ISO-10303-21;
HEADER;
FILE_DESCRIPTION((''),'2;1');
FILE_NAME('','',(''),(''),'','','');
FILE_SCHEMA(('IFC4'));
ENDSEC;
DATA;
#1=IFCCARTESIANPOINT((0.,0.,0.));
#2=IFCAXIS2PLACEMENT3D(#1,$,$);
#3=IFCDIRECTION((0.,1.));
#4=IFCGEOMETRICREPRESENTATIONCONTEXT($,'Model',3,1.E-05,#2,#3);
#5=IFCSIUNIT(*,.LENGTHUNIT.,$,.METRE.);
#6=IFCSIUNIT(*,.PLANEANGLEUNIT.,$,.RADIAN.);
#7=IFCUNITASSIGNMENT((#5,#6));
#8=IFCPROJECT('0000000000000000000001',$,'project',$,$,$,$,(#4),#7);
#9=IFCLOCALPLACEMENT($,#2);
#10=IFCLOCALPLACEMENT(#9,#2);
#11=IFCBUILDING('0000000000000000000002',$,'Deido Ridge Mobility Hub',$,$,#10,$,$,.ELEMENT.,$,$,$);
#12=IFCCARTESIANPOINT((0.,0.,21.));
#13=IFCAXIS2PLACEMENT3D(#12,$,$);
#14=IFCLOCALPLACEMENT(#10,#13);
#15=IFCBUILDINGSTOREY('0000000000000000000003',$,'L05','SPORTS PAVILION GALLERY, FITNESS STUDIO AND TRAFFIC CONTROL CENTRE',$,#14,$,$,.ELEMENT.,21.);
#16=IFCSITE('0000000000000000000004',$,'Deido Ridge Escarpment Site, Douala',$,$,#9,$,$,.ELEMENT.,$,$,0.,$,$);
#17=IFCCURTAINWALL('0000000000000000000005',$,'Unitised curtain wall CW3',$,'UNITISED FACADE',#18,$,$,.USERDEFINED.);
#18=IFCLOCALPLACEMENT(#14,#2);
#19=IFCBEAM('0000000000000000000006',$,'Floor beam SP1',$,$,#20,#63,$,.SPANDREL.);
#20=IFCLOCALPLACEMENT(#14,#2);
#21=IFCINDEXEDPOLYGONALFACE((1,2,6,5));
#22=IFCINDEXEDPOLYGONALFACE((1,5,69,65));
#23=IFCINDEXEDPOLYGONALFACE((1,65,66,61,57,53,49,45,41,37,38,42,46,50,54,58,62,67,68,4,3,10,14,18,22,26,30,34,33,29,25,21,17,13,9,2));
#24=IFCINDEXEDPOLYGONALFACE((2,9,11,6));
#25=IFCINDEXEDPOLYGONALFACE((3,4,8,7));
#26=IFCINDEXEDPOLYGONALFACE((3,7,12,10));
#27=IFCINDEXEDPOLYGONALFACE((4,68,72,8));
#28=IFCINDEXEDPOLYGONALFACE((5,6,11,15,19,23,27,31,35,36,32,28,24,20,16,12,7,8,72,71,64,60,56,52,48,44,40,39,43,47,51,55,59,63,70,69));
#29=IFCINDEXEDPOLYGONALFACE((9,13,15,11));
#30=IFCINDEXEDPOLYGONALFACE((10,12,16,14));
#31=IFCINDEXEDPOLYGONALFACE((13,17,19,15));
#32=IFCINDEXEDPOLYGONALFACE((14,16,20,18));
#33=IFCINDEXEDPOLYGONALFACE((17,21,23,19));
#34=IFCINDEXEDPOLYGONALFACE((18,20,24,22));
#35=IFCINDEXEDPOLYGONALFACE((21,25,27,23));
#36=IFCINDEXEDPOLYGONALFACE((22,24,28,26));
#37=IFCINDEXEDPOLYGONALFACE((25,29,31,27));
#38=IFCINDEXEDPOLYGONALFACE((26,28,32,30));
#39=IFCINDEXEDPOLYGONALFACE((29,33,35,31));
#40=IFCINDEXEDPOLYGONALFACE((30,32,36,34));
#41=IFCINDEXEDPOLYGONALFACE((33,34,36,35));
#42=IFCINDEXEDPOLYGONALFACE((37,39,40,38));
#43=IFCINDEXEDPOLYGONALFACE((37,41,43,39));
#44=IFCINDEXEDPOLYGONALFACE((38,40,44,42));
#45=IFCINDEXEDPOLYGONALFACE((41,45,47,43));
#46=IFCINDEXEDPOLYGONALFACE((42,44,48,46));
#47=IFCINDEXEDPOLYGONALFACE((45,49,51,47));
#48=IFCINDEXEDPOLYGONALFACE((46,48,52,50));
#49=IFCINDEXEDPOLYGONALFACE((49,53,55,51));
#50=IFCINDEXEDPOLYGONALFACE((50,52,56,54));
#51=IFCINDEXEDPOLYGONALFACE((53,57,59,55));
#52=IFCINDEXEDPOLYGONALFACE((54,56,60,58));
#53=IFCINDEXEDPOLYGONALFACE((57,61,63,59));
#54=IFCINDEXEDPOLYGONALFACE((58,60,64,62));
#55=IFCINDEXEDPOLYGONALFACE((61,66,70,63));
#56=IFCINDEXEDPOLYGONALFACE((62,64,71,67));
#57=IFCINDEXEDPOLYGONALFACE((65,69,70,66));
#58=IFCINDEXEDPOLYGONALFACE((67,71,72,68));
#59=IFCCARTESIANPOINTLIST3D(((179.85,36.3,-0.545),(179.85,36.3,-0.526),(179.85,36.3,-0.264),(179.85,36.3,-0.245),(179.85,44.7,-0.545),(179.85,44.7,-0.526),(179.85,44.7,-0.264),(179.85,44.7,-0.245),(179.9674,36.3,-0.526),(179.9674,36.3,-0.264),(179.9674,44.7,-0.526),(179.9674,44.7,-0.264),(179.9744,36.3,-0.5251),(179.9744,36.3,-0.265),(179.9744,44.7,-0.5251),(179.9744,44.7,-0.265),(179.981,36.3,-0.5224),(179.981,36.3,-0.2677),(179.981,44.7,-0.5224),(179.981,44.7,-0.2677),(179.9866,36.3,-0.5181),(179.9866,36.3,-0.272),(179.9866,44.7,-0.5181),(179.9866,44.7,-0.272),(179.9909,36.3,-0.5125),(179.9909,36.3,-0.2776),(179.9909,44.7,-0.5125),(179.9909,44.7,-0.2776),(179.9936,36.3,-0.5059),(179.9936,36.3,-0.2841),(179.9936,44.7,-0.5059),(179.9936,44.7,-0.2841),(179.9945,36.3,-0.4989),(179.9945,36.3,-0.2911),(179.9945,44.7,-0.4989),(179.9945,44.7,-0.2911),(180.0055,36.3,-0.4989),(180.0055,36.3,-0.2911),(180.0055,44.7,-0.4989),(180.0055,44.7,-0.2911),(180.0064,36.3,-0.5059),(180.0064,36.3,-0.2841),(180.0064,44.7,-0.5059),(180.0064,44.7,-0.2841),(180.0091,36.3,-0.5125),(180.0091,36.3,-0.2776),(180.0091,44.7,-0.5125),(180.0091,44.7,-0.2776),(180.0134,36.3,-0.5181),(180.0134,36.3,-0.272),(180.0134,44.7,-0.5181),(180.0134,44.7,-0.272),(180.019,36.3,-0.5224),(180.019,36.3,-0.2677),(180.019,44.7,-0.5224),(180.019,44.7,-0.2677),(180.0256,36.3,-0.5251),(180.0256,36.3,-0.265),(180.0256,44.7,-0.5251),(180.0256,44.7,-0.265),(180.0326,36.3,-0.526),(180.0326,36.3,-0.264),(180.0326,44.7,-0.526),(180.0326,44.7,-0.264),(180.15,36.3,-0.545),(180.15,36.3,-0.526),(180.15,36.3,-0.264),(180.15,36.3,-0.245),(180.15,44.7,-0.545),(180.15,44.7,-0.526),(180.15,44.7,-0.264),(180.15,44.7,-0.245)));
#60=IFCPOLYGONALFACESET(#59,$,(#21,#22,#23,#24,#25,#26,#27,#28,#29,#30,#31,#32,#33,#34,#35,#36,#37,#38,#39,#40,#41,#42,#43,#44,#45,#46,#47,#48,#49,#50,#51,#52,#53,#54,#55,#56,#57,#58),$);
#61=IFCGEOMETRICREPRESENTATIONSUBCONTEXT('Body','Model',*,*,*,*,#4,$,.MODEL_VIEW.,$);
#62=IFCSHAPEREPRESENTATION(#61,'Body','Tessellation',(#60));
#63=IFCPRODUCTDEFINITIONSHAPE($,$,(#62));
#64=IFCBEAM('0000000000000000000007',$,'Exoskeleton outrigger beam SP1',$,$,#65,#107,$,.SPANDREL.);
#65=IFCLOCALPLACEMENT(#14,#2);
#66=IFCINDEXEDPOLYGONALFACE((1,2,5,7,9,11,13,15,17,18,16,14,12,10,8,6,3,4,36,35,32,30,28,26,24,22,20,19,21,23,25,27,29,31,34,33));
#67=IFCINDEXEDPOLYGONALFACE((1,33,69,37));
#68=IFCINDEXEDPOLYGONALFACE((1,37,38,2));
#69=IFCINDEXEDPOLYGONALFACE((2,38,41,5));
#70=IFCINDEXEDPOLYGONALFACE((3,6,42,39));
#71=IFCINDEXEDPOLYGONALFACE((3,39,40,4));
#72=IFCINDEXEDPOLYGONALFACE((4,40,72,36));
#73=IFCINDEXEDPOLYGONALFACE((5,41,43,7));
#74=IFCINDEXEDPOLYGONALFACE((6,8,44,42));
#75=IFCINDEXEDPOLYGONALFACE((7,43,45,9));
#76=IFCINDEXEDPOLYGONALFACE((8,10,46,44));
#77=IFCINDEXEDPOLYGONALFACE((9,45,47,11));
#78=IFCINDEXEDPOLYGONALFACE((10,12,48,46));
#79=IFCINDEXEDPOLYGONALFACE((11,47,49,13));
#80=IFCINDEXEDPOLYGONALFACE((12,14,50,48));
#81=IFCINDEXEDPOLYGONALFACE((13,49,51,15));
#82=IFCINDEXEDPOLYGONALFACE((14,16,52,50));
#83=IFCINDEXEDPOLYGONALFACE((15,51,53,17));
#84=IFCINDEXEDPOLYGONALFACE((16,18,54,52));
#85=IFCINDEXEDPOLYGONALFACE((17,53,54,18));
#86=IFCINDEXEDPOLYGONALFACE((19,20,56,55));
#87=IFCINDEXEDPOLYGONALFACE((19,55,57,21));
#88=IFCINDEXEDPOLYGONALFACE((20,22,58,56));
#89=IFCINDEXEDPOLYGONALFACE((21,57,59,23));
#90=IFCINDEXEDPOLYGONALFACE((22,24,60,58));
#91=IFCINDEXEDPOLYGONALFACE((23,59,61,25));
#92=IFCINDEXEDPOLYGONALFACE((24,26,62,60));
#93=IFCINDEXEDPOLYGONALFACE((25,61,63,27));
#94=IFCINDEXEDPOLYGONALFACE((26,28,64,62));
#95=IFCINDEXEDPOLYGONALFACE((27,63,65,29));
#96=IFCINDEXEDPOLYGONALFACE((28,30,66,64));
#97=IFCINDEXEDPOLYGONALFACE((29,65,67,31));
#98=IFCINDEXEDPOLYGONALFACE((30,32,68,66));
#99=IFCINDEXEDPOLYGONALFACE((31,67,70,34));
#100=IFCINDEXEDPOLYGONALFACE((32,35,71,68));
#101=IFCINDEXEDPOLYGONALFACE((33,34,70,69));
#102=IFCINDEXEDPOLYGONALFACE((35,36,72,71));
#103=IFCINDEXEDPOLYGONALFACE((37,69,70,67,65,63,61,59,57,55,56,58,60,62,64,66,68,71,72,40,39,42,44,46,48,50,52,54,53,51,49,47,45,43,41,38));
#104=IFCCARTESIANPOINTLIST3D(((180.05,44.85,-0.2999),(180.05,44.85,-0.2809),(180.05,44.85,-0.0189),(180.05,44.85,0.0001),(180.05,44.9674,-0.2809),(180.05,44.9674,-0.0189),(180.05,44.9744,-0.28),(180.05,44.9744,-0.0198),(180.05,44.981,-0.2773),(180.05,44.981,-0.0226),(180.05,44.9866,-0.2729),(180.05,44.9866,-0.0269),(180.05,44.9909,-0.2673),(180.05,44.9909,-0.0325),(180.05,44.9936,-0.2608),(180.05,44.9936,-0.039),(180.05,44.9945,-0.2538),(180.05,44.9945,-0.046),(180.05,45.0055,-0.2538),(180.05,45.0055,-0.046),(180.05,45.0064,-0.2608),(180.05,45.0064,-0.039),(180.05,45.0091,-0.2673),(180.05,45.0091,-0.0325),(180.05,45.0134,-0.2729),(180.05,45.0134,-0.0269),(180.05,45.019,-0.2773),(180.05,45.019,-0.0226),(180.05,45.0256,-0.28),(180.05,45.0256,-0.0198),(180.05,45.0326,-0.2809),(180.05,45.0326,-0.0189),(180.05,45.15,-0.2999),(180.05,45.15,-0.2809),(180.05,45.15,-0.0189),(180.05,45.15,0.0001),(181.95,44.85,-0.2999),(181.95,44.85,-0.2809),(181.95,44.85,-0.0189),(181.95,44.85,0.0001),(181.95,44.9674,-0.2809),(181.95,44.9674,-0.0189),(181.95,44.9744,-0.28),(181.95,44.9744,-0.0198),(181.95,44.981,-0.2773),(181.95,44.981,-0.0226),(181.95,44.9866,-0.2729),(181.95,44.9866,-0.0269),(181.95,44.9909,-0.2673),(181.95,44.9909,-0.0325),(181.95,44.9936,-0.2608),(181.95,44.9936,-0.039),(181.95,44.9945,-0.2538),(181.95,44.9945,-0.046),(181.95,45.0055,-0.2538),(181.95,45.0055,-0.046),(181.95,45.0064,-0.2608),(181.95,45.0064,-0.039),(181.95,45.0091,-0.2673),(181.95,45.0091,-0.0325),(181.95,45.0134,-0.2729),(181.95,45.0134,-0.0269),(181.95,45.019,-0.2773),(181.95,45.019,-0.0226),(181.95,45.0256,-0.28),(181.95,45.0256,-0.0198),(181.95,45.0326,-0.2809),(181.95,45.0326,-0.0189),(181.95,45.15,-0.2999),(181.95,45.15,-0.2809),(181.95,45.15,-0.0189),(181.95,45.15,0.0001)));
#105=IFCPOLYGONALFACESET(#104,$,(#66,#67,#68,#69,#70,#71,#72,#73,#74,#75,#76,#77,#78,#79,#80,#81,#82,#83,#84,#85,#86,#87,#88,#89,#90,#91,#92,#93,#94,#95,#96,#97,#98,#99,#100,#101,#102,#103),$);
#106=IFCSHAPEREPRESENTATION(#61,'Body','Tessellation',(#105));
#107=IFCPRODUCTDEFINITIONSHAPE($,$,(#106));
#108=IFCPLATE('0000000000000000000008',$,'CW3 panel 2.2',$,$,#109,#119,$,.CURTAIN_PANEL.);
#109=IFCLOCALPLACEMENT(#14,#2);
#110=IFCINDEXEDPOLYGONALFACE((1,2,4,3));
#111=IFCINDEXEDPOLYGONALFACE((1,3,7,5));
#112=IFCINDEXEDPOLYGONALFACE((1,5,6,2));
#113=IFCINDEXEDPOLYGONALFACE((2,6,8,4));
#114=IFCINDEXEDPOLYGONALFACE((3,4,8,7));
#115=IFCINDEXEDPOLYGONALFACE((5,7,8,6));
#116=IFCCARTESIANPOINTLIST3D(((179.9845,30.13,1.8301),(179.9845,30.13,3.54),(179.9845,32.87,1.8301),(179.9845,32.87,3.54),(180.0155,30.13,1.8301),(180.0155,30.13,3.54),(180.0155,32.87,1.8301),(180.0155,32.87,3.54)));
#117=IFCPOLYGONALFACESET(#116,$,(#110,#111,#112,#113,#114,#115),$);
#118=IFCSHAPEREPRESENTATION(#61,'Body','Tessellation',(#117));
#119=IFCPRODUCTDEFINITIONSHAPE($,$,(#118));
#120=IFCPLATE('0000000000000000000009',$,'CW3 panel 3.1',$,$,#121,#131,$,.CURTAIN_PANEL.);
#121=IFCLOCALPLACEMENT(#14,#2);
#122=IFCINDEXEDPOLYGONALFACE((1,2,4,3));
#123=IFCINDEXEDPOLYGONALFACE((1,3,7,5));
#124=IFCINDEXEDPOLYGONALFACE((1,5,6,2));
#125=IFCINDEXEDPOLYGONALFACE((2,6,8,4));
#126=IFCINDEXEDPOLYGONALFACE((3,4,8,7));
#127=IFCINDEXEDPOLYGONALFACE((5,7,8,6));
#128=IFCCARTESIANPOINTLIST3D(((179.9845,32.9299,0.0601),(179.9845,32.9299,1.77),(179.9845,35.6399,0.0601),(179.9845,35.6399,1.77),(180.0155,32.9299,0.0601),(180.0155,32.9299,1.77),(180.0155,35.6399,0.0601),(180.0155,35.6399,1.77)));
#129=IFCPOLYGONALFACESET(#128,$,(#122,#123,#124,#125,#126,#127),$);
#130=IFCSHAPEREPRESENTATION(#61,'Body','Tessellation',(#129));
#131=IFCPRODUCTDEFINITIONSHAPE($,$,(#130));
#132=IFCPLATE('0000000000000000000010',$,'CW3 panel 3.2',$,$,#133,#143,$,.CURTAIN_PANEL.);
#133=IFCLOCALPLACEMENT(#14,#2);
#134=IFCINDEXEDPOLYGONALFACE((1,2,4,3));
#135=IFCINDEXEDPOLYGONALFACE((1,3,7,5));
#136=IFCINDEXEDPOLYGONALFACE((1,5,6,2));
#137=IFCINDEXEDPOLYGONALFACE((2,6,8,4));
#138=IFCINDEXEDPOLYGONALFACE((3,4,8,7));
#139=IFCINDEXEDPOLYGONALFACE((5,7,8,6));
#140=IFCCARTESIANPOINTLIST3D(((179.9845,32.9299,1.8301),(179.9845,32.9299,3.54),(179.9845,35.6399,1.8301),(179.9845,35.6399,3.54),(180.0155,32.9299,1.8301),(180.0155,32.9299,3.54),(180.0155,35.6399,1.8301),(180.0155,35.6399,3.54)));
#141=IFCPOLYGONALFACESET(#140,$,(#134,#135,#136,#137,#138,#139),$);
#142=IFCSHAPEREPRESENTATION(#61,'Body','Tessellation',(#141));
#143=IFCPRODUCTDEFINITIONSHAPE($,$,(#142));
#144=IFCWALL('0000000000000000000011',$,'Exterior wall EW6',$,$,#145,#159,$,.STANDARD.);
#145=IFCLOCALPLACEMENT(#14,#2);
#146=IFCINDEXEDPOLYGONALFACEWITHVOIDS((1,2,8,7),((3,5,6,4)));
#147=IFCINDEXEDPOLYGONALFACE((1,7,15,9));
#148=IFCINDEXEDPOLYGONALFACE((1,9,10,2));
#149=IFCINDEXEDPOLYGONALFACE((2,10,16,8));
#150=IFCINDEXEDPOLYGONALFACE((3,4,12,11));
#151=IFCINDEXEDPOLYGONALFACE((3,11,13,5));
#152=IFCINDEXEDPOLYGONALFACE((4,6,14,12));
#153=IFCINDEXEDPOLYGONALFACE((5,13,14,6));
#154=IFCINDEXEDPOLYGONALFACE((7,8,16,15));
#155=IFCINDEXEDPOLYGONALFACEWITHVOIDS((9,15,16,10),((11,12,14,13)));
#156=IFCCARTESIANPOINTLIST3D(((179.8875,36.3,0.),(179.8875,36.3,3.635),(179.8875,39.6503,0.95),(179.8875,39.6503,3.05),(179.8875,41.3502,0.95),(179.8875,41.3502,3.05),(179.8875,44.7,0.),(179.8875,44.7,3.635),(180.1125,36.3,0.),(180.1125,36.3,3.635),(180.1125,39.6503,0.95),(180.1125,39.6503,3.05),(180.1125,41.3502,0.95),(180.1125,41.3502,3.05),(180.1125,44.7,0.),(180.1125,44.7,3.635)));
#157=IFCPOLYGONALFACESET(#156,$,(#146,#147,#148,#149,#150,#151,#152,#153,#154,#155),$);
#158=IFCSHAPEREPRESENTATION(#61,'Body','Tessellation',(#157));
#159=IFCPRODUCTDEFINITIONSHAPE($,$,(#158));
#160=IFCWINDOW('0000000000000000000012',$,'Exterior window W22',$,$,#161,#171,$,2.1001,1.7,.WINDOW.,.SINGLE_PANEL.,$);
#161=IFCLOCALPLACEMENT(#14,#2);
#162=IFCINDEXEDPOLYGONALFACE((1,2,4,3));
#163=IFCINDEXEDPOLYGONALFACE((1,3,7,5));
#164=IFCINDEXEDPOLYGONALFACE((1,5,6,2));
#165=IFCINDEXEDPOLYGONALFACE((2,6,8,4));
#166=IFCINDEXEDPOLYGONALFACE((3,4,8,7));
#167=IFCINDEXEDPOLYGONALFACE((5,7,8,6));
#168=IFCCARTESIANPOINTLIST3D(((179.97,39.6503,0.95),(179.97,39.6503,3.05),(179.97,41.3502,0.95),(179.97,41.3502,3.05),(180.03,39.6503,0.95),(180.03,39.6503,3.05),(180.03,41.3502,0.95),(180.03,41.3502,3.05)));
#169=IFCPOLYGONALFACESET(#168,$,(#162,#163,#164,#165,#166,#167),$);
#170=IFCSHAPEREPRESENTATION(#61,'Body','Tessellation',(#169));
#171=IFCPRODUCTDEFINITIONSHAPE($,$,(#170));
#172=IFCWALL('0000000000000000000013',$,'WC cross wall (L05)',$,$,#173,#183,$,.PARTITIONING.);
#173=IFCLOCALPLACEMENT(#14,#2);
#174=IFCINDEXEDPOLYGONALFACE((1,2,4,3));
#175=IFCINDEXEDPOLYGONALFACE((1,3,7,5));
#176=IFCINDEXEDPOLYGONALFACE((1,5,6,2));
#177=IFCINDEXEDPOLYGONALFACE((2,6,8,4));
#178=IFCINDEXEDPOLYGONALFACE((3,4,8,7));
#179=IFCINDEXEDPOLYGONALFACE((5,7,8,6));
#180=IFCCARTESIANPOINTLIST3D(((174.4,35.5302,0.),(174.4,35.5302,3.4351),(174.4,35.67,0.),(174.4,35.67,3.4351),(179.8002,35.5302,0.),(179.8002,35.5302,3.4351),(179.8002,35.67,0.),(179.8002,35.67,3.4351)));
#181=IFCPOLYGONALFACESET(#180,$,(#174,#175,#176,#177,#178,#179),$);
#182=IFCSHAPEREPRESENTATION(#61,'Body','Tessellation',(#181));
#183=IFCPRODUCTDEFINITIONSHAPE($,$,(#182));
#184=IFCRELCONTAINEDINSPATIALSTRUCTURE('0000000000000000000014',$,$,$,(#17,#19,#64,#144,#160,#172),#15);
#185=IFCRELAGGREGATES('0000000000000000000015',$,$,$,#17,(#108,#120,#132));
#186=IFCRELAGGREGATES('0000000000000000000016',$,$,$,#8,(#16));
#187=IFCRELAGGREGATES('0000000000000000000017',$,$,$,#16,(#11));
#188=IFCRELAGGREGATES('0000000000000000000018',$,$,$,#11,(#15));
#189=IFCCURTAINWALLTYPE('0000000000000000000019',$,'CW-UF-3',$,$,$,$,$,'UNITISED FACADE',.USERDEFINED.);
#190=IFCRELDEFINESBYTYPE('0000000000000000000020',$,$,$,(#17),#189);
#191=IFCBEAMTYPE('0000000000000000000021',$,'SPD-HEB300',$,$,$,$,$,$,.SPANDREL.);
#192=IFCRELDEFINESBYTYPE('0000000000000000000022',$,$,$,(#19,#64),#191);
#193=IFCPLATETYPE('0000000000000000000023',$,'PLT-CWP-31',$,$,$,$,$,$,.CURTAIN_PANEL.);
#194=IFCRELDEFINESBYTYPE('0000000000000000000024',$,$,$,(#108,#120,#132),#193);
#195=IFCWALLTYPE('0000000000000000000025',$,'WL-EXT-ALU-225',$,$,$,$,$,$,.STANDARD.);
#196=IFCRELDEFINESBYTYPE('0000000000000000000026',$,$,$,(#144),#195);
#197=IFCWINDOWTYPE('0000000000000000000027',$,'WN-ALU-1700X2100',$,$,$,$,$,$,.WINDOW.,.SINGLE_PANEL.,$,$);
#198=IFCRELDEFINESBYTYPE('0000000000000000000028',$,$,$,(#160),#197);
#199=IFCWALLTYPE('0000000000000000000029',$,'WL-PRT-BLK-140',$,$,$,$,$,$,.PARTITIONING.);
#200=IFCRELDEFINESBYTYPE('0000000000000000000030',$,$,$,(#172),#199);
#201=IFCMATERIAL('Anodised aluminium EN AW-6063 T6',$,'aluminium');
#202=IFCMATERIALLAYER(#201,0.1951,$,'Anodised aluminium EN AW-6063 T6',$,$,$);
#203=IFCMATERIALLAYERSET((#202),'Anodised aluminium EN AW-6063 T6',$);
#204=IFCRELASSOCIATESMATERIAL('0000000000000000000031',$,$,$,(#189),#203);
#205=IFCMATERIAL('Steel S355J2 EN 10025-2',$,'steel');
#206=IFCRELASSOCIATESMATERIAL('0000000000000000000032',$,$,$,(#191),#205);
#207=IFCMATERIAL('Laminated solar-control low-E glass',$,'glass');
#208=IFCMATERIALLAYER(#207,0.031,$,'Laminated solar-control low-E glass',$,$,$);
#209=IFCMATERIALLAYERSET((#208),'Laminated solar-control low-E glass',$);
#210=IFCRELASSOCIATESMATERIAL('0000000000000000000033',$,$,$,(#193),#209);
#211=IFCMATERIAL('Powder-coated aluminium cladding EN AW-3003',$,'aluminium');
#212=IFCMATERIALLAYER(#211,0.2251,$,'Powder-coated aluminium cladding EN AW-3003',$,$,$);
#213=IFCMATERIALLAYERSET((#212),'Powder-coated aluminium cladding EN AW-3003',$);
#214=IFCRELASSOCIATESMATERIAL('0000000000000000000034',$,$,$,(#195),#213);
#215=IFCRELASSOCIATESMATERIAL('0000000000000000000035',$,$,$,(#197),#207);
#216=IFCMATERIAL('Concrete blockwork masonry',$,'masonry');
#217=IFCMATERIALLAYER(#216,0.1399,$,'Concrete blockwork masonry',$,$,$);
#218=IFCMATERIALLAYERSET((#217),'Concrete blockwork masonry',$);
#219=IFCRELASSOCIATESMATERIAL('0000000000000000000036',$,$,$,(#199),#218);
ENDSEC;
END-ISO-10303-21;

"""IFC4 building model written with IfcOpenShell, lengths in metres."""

from ifc_helpers import new_model, si_unit, direction, frame, frame_2d, origin, origin_2d, place, context, subcontext, project, spatial, rectangle, i_section, extrude, material, layer, layer_set, material_profile, profile_set, type_object, element, fill, aggregate, save


model = new_model("IFC4")

# Units and contexts
model_context = context("Model", 3, precision=1e-05, world=origin(), true_north=direction((0.0, 1.0)))
body_context = subcontext(model_context, "Body", "Model", "MODEL_VIEW")
ifc_project = project(units=[si_unit("LENGTHUNIT", "METRE"), si_unit("PLANEANGLEUNIT", "RADIAN")], contexts=[model_context])

# Site, building, storey
site_placement = place(None, origin())
site = spatial("IfcSite", under=ifc_project, at=site_placement, Name="Deido Ridge Escarpment Site, Douala", CompositionType="ELEMENT", RefElevation=0.0)
building_placement = place(site_placement, origin())
building = spatial("IfcBuilding", under=site, at=building_placement, Name="Deido Ridge Mobility Hub", CompositionType="ELEMENT")
storey_placement = place(building_placement, frame((0.0, 0.0, 21.0)))
storey = spatial("IfcBuildingStorey", under=building, at=storey_placement, Name="L05", Description="SPORTS PAVILION GALLERY, FITNESS STUDIO AND TRAFFIC CONTROL CENTRE", CompositionType="ELEMENT", Elevation=21.0)

# Shared definitions
ifc_material_1 = material(Name="Steel S355J2 EN 10025-2", Category="steel")

# Curtain wall
ifc_material_2 = material(Name="Anodised aluminium EN AW-6063 T6", Category="aluminium")
ifc_layer_1 = layer(ifc_material_2, 0.1951, Name="Anodised aluminium EN AW-6063 T6")
ifc_layer_set_1 = layer_set([ifc_layer_1], Name="Anodised aluminium EN AW-6063 T6")
curtain_wall_type = type_object("IfcCurtainWallType", Name="CW-UF-3", ElementType="UNITISED FACADE", PredefinedType="USERDEFINED", material=ifc_layer_set_1)
curtain_wall_placement = place(storey_placement, origin())
curtain_wall = element("IfcCurtainWall", 1, at=curtain_wall_placement, inside=storey, type_object=curtain_wall_type, Name="Unitised curtain wall CW3", ObjectType="UNITISED FACADE", PredefinedType="USERDEFINED")

# Beams
ifc_material_profile_1 = material_profile(ifc_material_1, i_section(OverallWidth=0.3, OverallDepth=0.3, WebThickness=0.011, FlangeThickness=0.019, FilletRadius=0.0271, at=origin_2d()), Name="HEB 300")
ifc_profile_set_1 = profile_set([ifc_material_profile_1], Name="Steel S355J2 EN 10025-2")
beam_type_1 = type_object("IfcBeamType", Name="SPD-HEB300", PredefinedType="SPANDREL", material=ifc_profile_set_1)
beam_1_placement = place(storey_placement, frame((180.0, 36.3, -0.395), z_axis=(0.0, 1.0, 0.0), x_axis=(-1.0, 0.0, 0.0)))
element("IfcBeam", 2, at=beam_1_placement, inside=storey, type_object=beam_type_1, Name="Floor beam SP1", PredefinedType="SPANDREL", context=body_context, shape_type="SweptSolid", body=[
    extrude(i_section(OverallWidth=0.3, OverallDepth=0.3, WebThickness=0.011, FlangeThickness=0.019, FilletRadius=0.0271, at=origin_2d()), origin(), (0.0, 0.0, 1.0), 8.3999),
])
beam_2_placement = place(storey_placement, frame((180.05, 45.0, -0.1499), z_axis=(1.0, 0.0, 0.0), x_axis=(0.0, 1.0, 0.0)))
element("IfcBeam", 3, at=beam_2_placement, inside=storey, type_object=beam_type_1, Name="Exoskeleton outrigger beam SP1", PredefinedType="SPANDREL", context=body_context, shape_type="SweptSolid", body=[
    extrude(i_section(OverallWidth=0.3, OverallDepth=0.3, WebThickness=0.011, FlangeThickness=0.019, FilletRadius=0.0271, at=origin_2d()), origin(), (0.0, 0.0, 1.0), 1.8999),
])

# Plates
ifc_material_3 = material(Name="Laminated solar-control low-E glass", Category="glass")
ifc_layer_2 = layer(ifc_material_3, 0.031, Name="Laminated solar-control low-E glass")
ifc_layer_set_2 = layer_set([ifc_layer_2], Name="Laminated solar-control low-E glass")
plate_type = type_object("IfcPlateType", Name="PLT-CWP-31", PredefinedType="CURTAIN_PANEL", material=ifc_layer_set_2)
plate_1_placement = place(storey_placement, frame((180.0, 31.5, 1.8301), z_axis=(0.0, 0.0, 1.0), x_axis=(0.0, 1.0, 0.0)))
plate_1 = element("IfcPlate", 4, at=plate_1_placement, type_object=plate_type, Name="CW3 panel 2.2", PredefinedType="CURTAIN_PANEL", context=body_context, shape_type="SweptSolid", body=[
    extrude(rectangle(XDim=2.74, YDim=0.031, at=origin_2d()), origin(), (0.0, 0.0, 1.0), 1.71),
])
plate_2_placement = place(storey_placement, frame((180.0, 34.2849, 0.0601), z_axis=(0.0, 0.0, 1.0), x_axis=(0.0, 1.0, 0.0)))
plate_2 = element("IfcPlate", 5, at=plate_2_placement, type_object=plate_type, Name="CW3 panel 3.1", PredefinedType="CURTAIN_PANEL", context=body_context, shape_type="SweptSolid", body=[
    extrude(rectangle(XDim=2.71, YDim=0.031, at=origin_2d()), origin(), (0.0, 0.0, 1.0), 1.71),
])
plate_3_placement = place(storey_placement, frame((180.0, 34.2849, 1.8301), z_axis=(0.0, 0.0, 1.0), x_axis=(0.0, 1.0, 0.0)))
plate_3 = element("IfcPlate", 6, at=plate_3_placement, type_object=plate_type, Name="CW3 panel 3.2", PredefinedType="CURTAIN_PANEL", context=body_context, shape_type="SweptSolid", body=[
    extrude(rectangle(XDim=2.71, YDim=0.031, at=origin_2d()), origin(), (0.0, 0.0, 1.0), 1.71),
])
aggregate(curtain_wall, [plate_1, plate_2, plate_3])

# Wall, opening, window
ifc_material_4 = material(Name="Powder-coated aluminium cladding EN AW-3003", Category="aluminium")
ifc_layer_3 = layer(ifc_material_4, 0.2251, Name="Powder-coated aluminium cladding EN AW-3003")
ifc_layer_set_3 = layer_set([ifc_layer_3], Name="Powder-coated aluminium cladding EN AW-3003")
wall_type_1 = type_object("IfcWallType", Name="WL-EXT-ALU-225", PredefinedType="STANDARD", material=ifc_layer_set_3)
wall_1_placement = place(storey_placement, frame((180.0, 36.3, 0.0), z_axis=(0.0, 0.0, 1.0), x_axis=(0.0, 1.0, 0.0)))
wall_1 = element("IfcWall", 7, at=wall_1_placement, inside=storey, type_object=wall_type_1, Name="Exterior wall EW6", PredefinedType="STANDARD", context=body_context, shape_type="SweptSolid", body=[
    extrude(rectangle(XDim=8.3999, YDim=0.2251, at=frame_2d((4.2, 0.0))), origin(), (0.0, 0.0, 1.0), 3.635),
])
opening_1_placement = place(wall_1_placement, frame((3.3501, 0.0, 0.95)))
opening_1 = element("IfcOpeningElement", 8, at=opening_1_placement, cuts=wall_1, PredefinedType="OPENING", context=body_context, shape_type="SweptSolid", body=[
    extrude(rectangle(XDim=1.7, YDim=2.1001, at=frame_2d((0.8501, 1.05))), frame((0.0, 0.1226, 0.0), z_axis=(0.0, -1.0, 0.0), x_axis=(1.0, 0.0, 0.0)), (0.0, 0.0, 1.0), 0.2451),
])
window_type = type_object("IfcWindowType", Name="WN-ALU-1700X2100", PartitioningType="SINGLE_PANEL", PredefinedType="WINDOW", material=ifc_material_3)
window_placement = place(opening_1_placement, origin())
window = element("IfcWindow", 9, at=window_placement, inside=storey, type_object=window_type, Name="Exterior window W22", OverallHeight=2.1001, OverallWidth=1.7, PartitioningType="SINGLE_PANEL", PredefinedType="WINDOW", context=body_context, shape_type="SweptSolid", body=[
    extrude(rectangle(XDim=1.7, YDim=2.1001, at=frame_2d((0.8501, 1.05))), frame((0.0, 0.03, 0.0), z_axis=(0.0, -1.0, 0.0), x_axis=(1.0, 0.0, 0.0)), (0.0, 0.0, 1.0), 0.0601),
])
fill(opening_1, window)

# Wall
ifc_material_5 = material(Name="Concrete blockwork masonry", Category="masonry")
ifc_layer_4 = layer(ifc_material_5, 0.1399, Name="Concrete blockwork masonry")
ifc_layer_set_4 = layer_set([ifc_layer_4], Name="Concrete blockwork masonry")
wall_type_2 = type_object("IfcWallType", Name="WL-PRT-BLK-140", PredefinedType="PARTITIONING", material=ifc_layer_set_4)
wall_2_placement = place(storey_placement, frame((174.3999, 35.6001, 0.0), z_axis=(0.0, 0.0, 1.0), x_axis=(1.0, 0.0, 0.0)))
element("IfcWall", 10, at=wall_2_placement, inside=storey, type_object=wall_type_2, Name="WC cross wall (L05)", PredefinedType="PARTITIONING", context=body_context, shape_type="SweptSolid", body=[
    extrude(rectangle(XDim=5.4001, YDim=0.1399, at=frame_2d((2.7002, 0.0))), origin(), (0.0, 0.0, 1.0), 3.4351),
])

save(model, "model.ifc")
